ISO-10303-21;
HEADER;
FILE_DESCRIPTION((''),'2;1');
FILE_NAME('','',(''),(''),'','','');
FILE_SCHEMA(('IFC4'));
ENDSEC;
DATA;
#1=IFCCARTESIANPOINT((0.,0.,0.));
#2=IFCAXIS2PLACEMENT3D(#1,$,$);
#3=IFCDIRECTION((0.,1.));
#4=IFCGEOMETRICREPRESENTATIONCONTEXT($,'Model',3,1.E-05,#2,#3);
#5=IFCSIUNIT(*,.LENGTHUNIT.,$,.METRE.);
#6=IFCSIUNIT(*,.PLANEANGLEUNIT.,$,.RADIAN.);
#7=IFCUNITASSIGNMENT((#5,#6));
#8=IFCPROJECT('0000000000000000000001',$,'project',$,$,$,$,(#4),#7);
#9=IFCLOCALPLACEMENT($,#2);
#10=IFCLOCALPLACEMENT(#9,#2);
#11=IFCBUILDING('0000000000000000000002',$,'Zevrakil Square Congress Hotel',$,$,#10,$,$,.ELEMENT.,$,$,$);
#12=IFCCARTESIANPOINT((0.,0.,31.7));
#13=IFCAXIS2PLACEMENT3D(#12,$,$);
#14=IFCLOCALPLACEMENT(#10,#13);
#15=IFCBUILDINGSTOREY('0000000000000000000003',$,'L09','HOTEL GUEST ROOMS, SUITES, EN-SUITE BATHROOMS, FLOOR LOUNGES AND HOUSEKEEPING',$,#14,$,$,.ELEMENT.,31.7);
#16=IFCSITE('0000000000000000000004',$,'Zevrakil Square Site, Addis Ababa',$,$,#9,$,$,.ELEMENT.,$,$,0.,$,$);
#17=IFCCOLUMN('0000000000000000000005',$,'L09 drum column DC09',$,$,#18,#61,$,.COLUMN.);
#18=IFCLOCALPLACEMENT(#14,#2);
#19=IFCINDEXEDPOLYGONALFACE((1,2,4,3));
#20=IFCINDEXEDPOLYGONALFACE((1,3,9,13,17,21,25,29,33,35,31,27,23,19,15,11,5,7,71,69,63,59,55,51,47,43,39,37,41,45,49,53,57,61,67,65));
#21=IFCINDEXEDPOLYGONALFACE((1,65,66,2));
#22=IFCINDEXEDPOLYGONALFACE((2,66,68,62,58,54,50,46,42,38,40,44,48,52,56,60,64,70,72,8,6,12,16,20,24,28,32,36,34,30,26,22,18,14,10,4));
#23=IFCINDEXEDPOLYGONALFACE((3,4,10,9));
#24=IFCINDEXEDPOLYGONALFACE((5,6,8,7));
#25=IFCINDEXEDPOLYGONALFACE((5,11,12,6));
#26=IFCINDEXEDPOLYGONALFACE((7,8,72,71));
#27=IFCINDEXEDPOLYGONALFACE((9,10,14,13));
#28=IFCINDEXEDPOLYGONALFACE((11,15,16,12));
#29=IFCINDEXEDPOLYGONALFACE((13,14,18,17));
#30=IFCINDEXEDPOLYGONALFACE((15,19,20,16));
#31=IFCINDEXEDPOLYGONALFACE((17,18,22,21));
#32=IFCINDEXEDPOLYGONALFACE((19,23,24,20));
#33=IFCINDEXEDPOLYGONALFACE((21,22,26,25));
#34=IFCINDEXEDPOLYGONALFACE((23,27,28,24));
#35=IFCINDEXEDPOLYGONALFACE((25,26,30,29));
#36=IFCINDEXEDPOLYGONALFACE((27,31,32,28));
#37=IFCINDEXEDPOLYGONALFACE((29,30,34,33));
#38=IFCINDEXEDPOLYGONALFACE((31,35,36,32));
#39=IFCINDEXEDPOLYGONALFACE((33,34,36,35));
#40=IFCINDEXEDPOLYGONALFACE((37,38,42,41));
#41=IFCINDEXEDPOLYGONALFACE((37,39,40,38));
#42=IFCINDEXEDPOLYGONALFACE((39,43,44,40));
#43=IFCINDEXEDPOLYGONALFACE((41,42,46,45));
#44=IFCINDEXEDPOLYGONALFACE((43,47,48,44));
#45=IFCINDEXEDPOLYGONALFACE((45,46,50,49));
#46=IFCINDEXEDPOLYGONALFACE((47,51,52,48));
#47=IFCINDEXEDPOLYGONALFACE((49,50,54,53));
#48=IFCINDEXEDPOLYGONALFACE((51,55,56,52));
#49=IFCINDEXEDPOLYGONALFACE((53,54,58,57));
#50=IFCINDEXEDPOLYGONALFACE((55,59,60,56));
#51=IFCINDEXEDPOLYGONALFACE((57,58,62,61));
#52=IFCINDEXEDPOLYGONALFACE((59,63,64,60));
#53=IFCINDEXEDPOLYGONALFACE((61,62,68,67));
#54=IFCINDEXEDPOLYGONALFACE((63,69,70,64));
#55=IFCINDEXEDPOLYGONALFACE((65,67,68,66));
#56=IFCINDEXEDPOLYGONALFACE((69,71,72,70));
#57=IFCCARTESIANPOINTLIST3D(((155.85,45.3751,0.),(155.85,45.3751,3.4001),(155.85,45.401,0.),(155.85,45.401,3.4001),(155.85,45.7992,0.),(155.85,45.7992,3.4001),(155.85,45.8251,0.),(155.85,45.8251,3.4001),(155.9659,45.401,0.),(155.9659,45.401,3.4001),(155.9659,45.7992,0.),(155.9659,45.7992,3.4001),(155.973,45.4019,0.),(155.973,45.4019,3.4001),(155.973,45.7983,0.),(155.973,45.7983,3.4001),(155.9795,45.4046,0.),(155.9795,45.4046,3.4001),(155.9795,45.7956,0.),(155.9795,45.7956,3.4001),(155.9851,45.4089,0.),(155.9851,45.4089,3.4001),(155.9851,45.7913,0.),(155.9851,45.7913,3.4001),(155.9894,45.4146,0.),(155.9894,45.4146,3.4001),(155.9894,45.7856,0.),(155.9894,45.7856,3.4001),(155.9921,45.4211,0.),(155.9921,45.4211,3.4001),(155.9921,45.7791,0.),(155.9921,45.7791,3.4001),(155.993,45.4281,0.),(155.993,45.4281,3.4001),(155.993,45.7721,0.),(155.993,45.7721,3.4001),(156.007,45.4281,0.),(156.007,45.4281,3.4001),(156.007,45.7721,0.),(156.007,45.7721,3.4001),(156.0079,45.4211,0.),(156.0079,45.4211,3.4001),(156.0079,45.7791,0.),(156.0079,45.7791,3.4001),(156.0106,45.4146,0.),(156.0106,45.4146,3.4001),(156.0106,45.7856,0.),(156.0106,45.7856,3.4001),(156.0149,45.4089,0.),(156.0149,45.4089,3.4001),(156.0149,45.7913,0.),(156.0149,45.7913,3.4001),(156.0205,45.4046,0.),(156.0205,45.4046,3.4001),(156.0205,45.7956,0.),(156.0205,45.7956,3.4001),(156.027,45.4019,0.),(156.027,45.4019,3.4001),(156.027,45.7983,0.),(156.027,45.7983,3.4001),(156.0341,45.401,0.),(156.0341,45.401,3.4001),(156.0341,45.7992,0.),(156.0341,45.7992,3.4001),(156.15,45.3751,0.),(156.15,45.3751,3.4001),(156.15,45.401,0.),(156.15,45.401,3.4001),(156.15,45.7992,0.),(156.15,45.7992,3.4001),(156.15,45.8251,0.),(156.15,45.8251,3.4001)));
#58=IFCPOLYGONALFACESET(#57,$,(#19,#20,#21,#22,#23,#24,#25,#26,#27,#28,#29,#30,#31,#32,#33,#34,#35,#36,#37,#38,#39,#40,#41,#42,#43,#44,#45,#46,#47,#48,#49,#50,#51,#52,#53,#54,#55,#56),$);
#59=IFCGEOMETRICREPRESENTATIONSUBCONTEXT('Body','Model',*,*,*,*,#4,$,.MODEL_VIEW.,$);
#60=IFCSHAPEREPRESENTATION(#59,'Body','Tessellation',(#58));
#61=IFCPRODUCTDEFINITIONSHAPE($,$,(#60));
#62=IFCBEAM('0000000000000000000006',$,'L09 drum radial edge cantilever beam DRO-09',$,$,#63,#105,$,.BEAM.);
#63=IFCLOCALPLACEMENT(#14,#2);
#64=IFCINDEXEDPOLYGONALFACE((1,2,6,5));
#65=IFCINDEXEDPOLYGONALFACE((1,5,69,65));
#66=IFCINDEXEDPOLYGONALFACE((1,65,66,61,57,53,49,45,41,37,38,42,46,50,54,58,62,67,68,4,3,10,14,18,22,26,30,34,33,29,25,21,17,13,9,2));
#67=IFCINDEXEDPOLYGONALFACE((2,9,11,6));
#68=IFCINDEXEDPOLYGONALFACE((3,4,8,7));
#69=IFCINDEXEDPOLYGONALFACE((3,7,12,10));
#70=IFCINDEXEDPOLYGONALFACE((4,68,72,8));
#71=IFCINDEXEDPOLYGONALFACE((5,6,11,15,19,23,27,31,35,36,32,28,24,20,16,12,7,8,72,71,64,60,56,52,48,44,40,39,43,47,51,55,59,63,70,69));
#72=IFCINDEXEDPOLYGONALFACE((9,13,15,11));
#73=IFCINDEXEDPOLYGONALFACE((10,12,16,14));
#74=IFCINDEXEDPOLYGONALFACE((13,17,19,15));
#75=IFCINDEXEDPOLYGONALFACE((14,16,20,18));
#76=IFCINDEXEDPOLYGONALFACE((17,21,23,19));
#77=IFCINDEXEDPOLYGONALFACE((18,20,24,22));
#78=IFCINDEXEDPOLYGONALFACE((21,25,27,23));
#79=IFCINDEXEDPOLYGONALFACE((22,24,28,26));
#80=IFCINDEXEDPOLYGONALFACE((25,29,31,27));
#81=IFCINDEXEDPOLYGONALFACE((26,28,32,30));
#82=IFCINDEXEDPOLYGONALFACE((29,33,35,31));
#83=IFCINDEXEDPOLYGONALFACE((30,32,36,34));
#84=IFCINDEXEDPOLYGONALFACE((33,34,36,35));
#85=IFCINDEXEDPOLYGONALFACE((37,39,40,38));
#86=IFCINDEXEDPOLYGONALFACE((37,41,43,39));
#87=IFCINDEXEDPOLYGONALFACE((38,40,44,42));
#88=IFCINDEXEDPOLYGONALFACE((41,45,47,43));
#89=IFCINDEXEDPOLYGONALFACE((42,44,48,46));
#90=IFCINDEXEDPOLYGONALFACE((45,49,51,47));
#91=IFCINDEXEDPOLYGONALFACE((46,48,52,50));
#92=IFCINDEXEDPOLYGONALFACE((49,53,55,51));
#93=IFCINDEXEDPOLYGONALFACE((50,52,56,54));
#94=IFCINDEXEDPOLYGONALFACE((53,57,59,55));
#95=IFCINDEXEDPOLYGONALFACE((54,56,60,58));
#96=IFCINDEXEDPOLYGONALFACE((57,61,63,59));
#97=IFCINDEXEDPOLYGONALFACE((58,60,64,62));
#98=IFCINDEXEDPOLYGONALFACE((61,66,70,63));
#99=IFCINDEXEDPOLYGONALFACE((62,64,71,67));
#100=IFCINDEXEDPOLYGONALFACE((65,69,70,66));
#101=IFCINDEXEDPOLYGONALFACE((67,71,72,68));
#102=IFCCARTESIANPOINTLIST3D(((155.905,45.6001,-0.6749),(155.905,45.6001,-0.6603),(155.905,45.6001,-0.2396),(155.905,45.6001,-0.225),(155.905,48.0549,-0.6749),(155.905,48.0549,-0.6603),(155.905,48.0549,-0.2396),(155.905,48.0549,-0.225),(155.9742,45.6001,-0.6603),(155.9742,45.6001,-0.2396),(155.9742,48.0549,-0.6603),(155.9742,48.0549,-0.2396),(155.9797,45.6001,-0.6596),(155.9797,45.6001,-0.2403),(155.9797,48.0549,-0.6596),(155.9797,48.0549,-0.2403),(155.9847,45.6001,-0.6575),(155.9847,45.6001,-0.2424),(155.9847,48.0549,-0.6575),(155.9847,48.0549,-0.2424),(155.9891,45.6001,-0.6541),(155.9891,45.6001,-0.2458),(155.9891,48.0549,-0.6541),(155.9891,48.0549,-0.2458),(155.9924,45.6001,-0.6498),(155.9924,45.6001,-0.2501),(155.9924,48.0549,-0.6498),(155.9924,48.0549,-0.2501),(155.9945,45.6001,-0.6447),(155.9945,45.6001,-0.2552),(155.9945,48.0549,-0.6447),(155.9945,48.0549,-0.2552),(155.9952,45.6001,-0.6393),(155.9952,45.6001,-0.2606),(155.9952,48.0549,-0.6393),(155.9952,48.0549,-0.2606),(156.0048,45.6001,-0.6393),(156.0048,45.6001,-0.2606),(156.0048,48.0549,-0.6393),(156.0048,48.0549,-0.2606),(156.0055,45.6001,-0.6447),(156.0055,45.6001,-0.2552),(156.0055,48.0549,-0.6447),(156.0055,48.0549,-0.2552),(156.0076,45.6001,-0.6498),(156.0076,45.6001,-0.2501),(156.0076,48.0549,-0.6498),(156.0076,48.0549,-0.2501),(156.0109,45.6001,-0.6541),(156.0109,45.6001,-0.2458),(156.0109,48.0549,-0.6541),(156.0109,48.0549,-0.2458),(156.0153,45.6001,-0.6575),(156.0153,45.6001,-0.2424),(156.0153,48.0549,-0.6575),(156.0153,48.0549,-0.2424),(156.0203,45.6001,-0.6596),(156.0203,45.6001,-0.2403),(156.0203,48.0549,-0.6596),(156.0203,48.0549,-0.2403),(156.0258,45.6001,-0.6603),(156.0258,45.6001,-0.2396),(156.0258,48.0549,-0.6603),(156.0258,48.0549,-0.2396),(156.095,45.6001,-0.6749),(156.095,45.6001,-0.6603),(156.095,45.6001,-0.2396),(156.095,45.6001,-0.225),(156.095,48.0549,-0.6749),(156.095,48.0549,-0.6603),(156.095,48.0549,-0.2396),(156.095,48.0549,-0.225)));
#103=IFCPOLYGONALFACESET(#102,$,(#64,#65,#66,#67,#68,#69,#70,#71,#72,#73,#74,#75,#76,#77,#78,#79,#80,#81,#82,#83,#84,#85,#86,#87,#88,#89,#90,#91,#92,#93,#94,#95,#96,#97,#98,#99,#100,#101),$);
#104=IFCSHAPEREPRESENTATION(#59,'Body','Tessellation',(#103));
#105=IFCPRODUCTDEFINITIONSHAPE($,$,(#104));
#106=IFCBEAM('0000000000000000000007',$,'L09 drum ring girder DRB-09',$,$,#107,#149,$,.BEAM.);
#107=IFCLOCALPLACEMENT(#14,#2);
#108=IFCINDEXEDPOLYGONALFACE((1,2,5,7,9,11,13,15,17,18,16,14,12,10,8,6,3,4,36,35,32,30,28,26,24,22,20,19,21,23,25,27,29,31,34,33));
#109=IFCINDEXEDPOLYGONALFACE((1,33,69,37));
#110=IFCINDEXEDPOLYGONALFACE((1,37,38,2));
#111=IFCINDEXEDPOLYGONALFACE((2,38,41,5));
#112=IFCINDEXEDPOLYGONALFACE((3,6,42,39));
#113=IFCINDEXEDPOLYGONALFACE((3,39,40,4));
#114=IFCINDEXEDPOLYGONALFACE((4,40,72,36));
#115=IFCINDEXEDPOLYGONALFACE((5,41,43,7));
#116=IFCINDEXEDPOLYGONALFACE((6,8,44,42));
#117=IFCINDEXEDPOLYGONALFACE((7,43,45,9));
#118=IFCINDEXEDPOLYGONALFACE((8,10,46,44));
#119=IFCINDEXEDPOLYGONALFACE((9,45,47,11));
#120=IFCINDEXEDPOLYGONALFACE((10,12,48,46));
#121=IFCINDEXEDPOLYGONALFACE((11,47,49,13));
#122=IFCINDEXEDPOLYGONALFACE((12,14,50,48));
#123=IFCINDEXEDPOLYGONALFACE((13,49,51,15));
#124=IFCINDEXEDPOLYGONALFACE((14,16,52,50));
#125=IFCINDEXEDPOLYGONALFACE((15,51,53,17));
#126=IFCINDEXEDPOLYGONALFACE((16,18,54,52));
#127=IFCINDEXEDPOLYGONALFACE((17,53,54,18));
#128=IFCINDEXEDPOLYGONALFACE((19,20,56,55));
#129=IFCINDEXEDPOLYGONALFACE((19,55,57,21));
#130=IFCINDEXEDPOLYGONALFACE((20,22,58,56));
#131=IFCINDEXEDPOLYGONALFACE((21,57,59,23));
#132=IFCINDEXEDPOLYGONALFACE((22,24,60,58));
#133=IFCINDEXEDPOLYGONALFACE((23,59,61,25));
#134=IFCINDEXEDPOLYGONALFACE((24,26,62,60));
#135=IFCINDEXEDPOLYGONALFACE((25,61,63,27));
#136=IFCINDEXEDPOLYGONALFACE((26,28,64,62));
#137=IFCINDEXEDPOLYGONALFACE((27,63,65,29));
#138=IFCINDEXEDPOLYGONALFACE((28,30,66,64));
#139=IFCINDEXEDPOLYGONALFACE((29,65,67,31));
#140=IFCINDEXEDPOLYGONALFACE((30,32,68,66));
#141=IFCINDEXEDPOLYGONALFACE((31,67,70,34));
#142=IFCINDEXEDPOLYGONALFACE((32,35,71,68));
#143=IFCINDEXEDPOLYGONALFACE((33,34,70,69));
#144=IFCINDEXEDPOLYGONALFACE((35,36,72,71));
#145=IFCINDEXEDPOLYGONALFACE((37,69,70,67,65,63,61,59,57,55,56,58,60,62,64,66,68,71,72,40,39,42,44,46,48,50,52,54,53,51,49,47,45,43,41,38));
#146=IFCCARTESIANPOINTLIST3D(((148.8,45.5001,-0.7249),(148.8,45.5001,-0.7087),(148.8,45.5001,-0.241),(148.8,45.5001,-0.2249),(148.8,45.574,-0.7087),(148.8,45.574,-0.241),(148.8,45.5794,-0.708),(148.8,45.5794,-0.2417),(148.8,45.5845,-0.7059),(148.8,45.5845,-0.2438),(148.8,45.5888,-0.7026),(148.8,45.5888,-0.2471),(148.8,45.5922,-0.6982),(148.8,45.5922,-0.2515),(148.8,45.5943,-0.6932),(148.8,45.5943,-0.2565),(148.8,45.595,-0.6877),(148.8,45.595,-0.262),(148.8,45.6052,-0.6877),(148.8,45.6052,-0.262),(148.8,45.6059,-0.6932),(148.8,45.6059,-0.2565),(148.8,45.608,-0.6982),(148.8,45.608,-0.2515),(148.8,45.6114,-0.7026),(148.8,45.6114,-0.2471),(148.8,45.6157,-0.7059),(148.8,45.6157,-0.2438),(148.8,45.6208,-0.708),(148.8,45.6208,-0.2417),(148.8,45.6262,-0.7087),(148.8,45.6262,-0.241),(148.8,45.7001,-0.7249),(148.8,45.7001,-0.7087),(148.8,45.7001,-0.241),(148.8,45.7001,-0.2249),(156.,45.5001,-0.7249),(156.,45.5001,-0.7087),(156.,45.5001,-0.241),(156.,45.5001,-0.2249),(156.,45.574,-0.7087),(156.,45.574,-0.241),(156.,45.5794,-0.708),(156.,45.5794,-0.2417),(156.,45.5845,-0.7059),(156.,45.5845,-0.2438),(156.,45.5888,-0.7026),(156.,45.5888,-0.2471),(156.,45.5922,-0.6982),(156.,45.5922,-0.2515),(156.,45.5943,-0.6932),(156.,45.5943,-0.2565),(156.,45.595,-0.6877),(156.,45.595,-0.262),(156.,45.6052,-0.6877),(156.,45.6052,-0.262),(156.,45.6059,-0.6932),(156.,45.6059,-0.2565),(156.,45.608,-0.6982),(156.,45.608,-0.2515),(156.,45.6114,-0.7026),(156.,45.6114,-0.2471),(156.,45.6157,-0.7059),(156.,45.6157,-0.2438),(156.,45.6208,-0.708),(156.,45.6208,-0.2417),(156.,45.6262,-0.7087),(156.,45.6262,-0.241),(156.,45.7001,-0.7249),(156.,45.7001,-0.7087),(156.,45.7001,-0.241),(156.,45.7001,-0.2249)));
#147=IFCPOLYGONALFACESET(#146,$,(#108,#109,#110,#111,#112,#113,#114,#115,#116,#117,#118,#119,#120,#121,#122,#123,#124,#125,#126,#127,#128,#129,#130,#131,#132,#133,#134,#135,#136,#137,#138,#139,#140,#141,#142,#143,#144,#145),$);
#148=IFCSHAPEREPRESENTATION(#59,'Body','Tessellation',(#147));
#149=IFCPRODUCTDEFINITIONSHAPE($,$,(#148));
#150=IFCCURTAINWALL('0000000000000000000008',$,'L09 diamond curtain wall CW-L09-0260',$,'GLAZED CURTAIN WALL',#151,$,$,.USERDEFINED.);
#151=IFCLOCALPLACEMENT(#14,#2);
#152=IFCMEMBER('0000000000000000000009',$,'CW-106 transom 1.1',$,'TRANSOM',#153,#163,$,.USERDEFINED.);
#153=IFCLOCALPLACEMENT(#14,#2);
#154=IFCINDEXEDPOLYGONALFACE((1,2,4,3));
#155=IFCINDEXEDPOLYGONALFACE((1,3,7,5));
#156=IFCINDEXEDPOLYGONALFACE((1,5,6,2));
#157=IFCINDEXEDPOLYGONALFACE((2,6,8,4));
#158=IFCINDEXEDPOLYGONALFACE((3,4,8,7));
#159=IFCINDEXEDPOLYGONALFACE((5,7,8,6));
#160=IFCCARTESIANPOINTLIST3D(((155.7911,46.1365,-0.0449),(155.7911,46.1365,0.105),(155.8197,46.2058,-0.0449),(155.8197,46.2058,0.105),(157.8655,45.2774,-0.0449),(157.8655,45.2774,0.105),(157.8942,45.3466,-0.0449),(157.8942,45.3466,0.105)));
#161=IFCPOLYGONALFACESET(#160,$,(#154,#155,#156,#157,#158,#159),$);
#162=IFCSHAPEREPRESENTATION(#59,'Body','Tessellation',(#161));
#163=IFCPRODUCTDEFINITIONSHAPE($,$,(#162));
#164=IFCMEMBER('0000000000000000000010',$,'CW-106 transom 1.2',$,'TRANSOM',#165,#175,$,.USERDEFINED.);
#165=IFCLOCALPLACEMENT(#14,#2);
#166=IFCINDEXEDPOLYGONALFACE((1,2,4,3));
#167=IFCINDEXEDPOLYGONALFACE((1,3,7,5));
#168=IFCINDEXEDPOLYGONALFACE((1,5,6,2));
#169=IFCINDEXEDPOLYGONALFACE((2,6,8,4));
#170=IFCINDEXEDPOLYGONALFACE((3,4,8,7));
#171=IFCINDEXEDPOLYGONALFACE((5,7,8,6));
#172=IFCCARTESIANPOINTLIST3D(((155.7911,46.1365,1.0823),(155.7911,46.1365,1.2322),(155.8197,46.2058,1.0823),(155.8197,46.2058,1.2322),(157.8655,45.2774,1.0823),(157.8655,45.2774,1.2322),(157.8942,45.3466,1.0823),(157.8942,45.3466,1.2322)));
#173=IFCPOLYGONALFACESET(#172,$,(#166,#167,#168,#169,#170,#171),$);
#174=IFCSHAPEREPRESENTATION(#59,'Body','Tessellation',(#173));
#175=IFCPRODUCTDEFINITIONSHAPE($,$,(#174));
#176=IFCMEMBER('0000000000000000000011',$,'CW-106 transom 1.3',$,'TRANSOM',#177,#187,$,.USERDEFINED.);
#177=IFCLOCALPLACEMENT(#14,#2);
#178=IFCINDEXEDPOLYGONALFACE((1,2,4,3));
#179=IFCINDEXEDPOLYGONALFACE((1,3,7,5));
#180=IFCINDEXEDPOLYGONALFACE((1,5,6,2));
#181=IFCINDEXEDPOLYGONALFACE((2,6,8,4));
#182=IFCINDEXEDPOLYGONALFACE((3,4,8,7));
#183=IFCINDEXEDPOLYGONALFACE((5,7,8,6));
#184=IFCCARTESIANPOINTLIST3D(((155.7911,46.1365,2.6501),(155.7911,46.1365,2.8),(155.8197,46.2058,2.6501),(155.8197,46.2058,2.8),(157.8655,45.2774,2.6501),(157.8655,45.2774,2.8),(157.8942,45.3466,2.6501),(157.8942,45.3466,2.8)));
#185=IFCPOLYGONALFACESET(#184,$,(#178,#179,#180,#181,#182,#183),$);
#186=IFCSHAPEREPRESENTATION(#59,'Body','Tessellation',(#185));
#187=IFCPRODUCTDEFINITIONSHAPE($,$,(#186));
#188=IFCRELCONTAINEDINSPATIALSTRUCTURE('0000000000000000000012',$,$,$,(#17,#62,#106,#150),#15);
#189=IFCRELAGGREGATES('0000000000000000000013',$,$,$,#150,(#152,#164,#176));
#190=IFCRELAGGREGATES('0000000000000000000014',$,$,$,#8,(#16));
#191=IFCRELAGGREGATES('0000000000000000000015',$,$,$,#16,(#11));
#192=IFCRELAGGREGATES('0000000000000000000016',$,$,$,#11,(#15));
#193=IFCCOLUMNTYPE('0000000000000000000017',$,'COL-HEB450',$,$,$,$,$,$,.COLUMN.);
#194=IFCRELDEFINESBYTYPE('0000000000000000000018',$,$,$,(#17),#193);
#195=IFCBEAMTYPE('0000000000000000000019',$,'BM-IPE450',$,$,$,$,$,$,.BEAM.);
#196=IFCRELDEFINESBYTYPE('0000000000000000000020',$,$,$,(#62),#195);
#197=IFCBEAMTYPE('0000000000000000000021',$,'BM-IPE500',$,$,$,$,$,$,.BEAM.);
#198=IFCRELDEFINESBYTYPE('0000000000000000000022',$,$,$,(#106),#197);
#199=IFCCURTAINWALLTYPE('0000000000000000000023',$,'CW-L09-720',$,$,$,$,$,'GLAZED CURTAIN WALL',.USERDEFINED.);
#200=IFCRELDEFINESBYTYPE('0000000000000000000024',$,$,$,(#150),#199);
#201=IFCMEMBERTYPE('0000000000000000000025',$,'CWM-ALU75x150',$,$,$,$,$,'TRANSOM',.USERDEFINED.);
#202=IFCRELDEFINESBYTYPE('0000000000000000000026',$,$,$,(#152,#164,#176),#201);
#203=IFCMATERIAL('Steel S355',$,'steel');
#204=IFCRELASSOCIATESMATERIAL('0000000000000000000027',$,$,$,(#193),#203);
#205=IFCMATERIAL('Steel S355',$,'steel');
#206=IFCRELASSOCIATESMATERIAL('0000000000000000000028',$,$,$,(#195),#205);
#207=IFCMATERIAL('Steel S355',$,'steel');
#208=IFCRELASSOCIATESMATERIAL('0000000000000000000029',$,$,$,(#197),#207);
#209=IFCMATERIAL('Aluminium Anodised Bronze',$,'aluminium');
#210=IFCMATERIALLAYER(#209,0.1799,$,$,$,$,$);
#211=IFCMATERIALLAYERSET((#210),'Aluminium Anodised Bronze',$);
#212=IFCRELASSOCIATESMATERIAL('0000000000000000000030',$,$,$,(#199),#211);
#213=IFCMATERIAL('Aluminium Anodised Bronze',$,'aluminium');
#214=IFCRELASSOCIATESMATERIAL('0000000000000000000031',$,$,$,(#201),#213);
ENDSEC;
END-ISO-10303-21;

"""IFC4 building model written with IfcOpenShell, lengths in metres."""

from ifc_helpers import new_model, si_unit, direction, frame, origin, origin_2d, place, context, subcontext, project, spatial, rectangle, i_section, extrude, material, layer, layer_set, material_profile, profile_set, type_object, element, aggregate, save


model = new_model("IFC4")

# Units and contexts
model_context = context("Model", 3, precision=1e-05, world=origin(), true_north=direction((0.0, 1.0)))
body_context = subcontext(model_context, "Body", "Model", "MODEL_VIEW")
ifc_project = project(units=[si_unit("LENGTHUNIT", "METRE"), si_unit("PLANEANGLEUNIT", "RADIAN")], contexts=[model_context])

# Site, building, storey
site_placement = place(None, origin())
site = spatial("IfcSite", under=ifc_project, at=site_placement, Name="Zevrakil Square Site, Addis Ababa", CompositionType="ELEMENT", RefElevation=0.0)
building_placement = place(site_placement, origin())
building = spatial("IfcBuilding", under=site, at=building_placement, Name="Zevrakil Square Congress Hotel", CompositionType="ELEMENT")
storey_placement = place(building_placement, frame((0.0, 0.0, 31.7)))
storey = spatial("IfcBuildingStorey", under=building, at=storey_placement, Name="L09", Description="HOTEL GUEST ROOMS, SUITES, EN-SUITE BATHROOMS, FLOOR LOUNGES AND HOUSEKEEPING", CompositionType="ELEMENT", Elevation=31.7)

# Column
ifc_material_1 = material(Name="Steel S355", Category="steel")
ifc_material_profile_1 = material_profile(ifc_material_1, i_section(OverallWidth=0.3, OverallDepth=0.45, WebThickness=0.0139, FlangeThickness=0.0259, FilletRadius=0.0271, at=origin_2d()), Name="HEB 450")
ifc_profile_set_1 = profile_set([ifc_material_profile_1], Name="Steel S355")
column_type = type_object("IfcColumnType", Name="COL-HEB450", PredefinedType="COLUMN", material=ifc_profile_set_1)
column_placement = place(storey_placement, frame((156.0, 45.6001, 0.0), z_axis=(0.0, 0.0, 1.0), x_axis=(1.0, 0.0, 0.0)))
element("IfcColumn", 1, at=column_placement, inside=storey, type_object=column_type, Name="L09 drum column DC09", PredefinedType="COLUMN", context=body_context, shape_type="SweptSolid", body=[
    extrude(i_section(OverallWidth=0.3, OverallDepth=0.45, WebThickness=0.0139, FlangeThickness=0.0259, FilletRadius=0.0271, at=origin_2d()), origin(), (0.0, 0.0, 1.0), 3.4001),
])

# Beams
ifc_material_2 = material(Name="Steel S355", Category="steel")
ifc_material_profile_2 = material_profile(ifc_material_2, i_section(OverallWidth=0.1899, OverallDepth=0.45, WebThickness=0.0095, FlangeThickness=0.0146, FilletRadius=0.021, at=origin_2d()), Name="IPE 450")
ifc_profile_set_2 = profile_set([ifc_material_profile_2], Name="Steel S355")
beam_type_1 = type_object("IfcBeamType", Name="BM-IPE450", PredefinedType="BEAM", material=ifc_profile_set_2)
beam_1_placement = place(storey_placement, frame((156.0, 45.6001, -0.45), z_axis=(0.0, 1.0, 0.0), x_axis=(-1.0, 0.0, 0.0)))
element("IfcBeam", 2, at=beam_1_placement, inside=storey, type_object=beam_type_1, Name="L09 drum radial edge cantilever beam DRO-09", PredefinedType="BEAM", context=body_context, shape_type="SweptSolid", body=[
    extrude(i_section(OverallWidth=0.1899, OverallDepth=0.45, WebThickness=0.0095, FlangeThickness=0.0146, FilletRadius=0.021, at=origin_2d()), origin(), (0.0, 0.0, 1.0), 2.4548),
])
ifc_material_3 = material(Name="Steel S355", Category="steel")
ifc_material_profile_3 = material_profile(ifc_material_3, i_section(OverallWidth=0.2, OverallDepth=0.5, WebThickness=0.0103, FlangeThickness=0.0161, FilletRadius=0.021, at=origin_2d()), Name="IPE 500")
ifc_profile_set_3 = profile_set([ifc_material_profile_3], Name="Steel S355")
beam_type_2 = type_object("IfcBeamType", Name="BM-IPE500", PredefinedType="BEAM", material=ifc_profile_set_3)
beam_2_placement = place(storey_placement, frame((156.0, 45.6001, -0.4749), z_axis=(-1.0, 0.0, 0.0), x_axis=(0.0, -1.0, 0.0)))
element("IfcBeam", 3, at=beam_2_placement, inside=storey, type_object=beam_type_2, Name="L09 drum ring girder DRB-09", PredefinedType="BEAM", context=body_context, shape_type="SweptSolid", body=[
    extrude(i_section(OverallWidth=0.2, OverallDepth=0.5, WebThickness=0.0103, FlangeThickness=0.0161, FilletRadius=0.021, at=origin_2d()), origin(), (0.0, 0.0, 1.0), 7.2),
])

# Curtain wall, members
ifc_material_4 = material(Name="Aluminium Anodised Bronze", Category="aluminium")
ifc_layer_1 = layer(ifc_material_4, 0.1799)
ifc_layer_set_1 = layer_set([ifc_layer_1], Name="Aluminium Anodised Bronze")
curtain_wall_type = type_object("IfcCurtainWallType", Name="CW-L09-720", ElementType="GLAZED CURTAIN WALL", PredefinedType="USERDEFINED", material=ifc_layer_set_1)
curtain_wall_placement = place(storey_placement, origin())
curtain_wall = element("IfcCurtainWall", 4, at=curtain_wall_placement, inside=storey, type_object=curtain_wall_type, Name="L09 diamond curtain wall CW-L09-0260", ObjectType="GLAZED CURTAIN WALL", PredefinedType="USERDEFINED")
ifc_material_5 = material(Name="Aluminium Anodised Bronze", Category="aluminium")
ifc_material_profile_4 = material_profile(ifc_material_5, rectangle(XDim=0.075, YDim=0.1499, at=origin_2d()), Name="ALU 75x150")
ifc_profile_set_4 = profile_set([ifc_material_profile_4], Name="Aluminium Anodised Bronze")
member_type_1 = type_object("IfcMemberType", Name="CWM-ALU75x150", ElementType="TRANSOM", PredefinedType="USERDEFINED", material=ifc_profile_set_4)
member_1_placement = place(storey_placement, frame((157.8799, 45.312, 0.03), z_axis=(-0.923902, 0.38263, 0.0), x_axis=(-0.38263, -0.923902, 0.0)))
member_1 = element("IfcMember", 5, at=member_1_placement, type_object=member_type_1, Name="CW-106 transom 1.1", ObjectType="TRANSOM", PredefinedType="USERDEFINED", context=body_context, shape_type="SweptSolid", body=[
    extrude(rectangle(XDim=0.075, YDim=0.1499, at=origin_2d()), origin(), (0.0, 0.0, 1.0), 2.2454),
])
member_2_placement = place(storey_placement, frame((157.8799, 45.312, 1.1572), z_axis=(-0.923902, 0.38263, 0.0), x_axis=(-0.38263, -0.923902, 0.0)))
member_2 = element("IfcMember", 6, at=member_2_placement, type_object=member_type_1, Name="CW-106 transom 1.2", ObjectType="TRANSOM", PredefinedType="USERDEFINED", context=body_context, shape_type="SweptSolid", body=[
    extrude(rectangle(XDim=0.075, YDim=0.1499, at=origin_2d()), origin(), (0.0, 0.0, 1.0), 2.2454),
])
member_3_placement = place(storey_placement, frame((157.8799, 45.312, 2.7251), z_axis=(-0.923902, 0.38263, 0.0), x_axis=(-0.38263, -0.923902, 0.0)))
member_3 = element("IfcMember", 7, at=member_3_placement, type_object=member_type_1, Name="CW-106 transom 1.3", ObjectType="TRANSOM", PredefinedType="USERDEFINED", context=body_context, shape_type="SweptSolid", body=[
    extrude(rectangle(XDim=0.075, YDim=0.1499, at=origin_2d()), origin(), (0.0, 0.0, 1.0), 2.2454),
])

aggregate(curtain_wall, [member_1, member_2, member_3])

save(model, "model.ifc")
